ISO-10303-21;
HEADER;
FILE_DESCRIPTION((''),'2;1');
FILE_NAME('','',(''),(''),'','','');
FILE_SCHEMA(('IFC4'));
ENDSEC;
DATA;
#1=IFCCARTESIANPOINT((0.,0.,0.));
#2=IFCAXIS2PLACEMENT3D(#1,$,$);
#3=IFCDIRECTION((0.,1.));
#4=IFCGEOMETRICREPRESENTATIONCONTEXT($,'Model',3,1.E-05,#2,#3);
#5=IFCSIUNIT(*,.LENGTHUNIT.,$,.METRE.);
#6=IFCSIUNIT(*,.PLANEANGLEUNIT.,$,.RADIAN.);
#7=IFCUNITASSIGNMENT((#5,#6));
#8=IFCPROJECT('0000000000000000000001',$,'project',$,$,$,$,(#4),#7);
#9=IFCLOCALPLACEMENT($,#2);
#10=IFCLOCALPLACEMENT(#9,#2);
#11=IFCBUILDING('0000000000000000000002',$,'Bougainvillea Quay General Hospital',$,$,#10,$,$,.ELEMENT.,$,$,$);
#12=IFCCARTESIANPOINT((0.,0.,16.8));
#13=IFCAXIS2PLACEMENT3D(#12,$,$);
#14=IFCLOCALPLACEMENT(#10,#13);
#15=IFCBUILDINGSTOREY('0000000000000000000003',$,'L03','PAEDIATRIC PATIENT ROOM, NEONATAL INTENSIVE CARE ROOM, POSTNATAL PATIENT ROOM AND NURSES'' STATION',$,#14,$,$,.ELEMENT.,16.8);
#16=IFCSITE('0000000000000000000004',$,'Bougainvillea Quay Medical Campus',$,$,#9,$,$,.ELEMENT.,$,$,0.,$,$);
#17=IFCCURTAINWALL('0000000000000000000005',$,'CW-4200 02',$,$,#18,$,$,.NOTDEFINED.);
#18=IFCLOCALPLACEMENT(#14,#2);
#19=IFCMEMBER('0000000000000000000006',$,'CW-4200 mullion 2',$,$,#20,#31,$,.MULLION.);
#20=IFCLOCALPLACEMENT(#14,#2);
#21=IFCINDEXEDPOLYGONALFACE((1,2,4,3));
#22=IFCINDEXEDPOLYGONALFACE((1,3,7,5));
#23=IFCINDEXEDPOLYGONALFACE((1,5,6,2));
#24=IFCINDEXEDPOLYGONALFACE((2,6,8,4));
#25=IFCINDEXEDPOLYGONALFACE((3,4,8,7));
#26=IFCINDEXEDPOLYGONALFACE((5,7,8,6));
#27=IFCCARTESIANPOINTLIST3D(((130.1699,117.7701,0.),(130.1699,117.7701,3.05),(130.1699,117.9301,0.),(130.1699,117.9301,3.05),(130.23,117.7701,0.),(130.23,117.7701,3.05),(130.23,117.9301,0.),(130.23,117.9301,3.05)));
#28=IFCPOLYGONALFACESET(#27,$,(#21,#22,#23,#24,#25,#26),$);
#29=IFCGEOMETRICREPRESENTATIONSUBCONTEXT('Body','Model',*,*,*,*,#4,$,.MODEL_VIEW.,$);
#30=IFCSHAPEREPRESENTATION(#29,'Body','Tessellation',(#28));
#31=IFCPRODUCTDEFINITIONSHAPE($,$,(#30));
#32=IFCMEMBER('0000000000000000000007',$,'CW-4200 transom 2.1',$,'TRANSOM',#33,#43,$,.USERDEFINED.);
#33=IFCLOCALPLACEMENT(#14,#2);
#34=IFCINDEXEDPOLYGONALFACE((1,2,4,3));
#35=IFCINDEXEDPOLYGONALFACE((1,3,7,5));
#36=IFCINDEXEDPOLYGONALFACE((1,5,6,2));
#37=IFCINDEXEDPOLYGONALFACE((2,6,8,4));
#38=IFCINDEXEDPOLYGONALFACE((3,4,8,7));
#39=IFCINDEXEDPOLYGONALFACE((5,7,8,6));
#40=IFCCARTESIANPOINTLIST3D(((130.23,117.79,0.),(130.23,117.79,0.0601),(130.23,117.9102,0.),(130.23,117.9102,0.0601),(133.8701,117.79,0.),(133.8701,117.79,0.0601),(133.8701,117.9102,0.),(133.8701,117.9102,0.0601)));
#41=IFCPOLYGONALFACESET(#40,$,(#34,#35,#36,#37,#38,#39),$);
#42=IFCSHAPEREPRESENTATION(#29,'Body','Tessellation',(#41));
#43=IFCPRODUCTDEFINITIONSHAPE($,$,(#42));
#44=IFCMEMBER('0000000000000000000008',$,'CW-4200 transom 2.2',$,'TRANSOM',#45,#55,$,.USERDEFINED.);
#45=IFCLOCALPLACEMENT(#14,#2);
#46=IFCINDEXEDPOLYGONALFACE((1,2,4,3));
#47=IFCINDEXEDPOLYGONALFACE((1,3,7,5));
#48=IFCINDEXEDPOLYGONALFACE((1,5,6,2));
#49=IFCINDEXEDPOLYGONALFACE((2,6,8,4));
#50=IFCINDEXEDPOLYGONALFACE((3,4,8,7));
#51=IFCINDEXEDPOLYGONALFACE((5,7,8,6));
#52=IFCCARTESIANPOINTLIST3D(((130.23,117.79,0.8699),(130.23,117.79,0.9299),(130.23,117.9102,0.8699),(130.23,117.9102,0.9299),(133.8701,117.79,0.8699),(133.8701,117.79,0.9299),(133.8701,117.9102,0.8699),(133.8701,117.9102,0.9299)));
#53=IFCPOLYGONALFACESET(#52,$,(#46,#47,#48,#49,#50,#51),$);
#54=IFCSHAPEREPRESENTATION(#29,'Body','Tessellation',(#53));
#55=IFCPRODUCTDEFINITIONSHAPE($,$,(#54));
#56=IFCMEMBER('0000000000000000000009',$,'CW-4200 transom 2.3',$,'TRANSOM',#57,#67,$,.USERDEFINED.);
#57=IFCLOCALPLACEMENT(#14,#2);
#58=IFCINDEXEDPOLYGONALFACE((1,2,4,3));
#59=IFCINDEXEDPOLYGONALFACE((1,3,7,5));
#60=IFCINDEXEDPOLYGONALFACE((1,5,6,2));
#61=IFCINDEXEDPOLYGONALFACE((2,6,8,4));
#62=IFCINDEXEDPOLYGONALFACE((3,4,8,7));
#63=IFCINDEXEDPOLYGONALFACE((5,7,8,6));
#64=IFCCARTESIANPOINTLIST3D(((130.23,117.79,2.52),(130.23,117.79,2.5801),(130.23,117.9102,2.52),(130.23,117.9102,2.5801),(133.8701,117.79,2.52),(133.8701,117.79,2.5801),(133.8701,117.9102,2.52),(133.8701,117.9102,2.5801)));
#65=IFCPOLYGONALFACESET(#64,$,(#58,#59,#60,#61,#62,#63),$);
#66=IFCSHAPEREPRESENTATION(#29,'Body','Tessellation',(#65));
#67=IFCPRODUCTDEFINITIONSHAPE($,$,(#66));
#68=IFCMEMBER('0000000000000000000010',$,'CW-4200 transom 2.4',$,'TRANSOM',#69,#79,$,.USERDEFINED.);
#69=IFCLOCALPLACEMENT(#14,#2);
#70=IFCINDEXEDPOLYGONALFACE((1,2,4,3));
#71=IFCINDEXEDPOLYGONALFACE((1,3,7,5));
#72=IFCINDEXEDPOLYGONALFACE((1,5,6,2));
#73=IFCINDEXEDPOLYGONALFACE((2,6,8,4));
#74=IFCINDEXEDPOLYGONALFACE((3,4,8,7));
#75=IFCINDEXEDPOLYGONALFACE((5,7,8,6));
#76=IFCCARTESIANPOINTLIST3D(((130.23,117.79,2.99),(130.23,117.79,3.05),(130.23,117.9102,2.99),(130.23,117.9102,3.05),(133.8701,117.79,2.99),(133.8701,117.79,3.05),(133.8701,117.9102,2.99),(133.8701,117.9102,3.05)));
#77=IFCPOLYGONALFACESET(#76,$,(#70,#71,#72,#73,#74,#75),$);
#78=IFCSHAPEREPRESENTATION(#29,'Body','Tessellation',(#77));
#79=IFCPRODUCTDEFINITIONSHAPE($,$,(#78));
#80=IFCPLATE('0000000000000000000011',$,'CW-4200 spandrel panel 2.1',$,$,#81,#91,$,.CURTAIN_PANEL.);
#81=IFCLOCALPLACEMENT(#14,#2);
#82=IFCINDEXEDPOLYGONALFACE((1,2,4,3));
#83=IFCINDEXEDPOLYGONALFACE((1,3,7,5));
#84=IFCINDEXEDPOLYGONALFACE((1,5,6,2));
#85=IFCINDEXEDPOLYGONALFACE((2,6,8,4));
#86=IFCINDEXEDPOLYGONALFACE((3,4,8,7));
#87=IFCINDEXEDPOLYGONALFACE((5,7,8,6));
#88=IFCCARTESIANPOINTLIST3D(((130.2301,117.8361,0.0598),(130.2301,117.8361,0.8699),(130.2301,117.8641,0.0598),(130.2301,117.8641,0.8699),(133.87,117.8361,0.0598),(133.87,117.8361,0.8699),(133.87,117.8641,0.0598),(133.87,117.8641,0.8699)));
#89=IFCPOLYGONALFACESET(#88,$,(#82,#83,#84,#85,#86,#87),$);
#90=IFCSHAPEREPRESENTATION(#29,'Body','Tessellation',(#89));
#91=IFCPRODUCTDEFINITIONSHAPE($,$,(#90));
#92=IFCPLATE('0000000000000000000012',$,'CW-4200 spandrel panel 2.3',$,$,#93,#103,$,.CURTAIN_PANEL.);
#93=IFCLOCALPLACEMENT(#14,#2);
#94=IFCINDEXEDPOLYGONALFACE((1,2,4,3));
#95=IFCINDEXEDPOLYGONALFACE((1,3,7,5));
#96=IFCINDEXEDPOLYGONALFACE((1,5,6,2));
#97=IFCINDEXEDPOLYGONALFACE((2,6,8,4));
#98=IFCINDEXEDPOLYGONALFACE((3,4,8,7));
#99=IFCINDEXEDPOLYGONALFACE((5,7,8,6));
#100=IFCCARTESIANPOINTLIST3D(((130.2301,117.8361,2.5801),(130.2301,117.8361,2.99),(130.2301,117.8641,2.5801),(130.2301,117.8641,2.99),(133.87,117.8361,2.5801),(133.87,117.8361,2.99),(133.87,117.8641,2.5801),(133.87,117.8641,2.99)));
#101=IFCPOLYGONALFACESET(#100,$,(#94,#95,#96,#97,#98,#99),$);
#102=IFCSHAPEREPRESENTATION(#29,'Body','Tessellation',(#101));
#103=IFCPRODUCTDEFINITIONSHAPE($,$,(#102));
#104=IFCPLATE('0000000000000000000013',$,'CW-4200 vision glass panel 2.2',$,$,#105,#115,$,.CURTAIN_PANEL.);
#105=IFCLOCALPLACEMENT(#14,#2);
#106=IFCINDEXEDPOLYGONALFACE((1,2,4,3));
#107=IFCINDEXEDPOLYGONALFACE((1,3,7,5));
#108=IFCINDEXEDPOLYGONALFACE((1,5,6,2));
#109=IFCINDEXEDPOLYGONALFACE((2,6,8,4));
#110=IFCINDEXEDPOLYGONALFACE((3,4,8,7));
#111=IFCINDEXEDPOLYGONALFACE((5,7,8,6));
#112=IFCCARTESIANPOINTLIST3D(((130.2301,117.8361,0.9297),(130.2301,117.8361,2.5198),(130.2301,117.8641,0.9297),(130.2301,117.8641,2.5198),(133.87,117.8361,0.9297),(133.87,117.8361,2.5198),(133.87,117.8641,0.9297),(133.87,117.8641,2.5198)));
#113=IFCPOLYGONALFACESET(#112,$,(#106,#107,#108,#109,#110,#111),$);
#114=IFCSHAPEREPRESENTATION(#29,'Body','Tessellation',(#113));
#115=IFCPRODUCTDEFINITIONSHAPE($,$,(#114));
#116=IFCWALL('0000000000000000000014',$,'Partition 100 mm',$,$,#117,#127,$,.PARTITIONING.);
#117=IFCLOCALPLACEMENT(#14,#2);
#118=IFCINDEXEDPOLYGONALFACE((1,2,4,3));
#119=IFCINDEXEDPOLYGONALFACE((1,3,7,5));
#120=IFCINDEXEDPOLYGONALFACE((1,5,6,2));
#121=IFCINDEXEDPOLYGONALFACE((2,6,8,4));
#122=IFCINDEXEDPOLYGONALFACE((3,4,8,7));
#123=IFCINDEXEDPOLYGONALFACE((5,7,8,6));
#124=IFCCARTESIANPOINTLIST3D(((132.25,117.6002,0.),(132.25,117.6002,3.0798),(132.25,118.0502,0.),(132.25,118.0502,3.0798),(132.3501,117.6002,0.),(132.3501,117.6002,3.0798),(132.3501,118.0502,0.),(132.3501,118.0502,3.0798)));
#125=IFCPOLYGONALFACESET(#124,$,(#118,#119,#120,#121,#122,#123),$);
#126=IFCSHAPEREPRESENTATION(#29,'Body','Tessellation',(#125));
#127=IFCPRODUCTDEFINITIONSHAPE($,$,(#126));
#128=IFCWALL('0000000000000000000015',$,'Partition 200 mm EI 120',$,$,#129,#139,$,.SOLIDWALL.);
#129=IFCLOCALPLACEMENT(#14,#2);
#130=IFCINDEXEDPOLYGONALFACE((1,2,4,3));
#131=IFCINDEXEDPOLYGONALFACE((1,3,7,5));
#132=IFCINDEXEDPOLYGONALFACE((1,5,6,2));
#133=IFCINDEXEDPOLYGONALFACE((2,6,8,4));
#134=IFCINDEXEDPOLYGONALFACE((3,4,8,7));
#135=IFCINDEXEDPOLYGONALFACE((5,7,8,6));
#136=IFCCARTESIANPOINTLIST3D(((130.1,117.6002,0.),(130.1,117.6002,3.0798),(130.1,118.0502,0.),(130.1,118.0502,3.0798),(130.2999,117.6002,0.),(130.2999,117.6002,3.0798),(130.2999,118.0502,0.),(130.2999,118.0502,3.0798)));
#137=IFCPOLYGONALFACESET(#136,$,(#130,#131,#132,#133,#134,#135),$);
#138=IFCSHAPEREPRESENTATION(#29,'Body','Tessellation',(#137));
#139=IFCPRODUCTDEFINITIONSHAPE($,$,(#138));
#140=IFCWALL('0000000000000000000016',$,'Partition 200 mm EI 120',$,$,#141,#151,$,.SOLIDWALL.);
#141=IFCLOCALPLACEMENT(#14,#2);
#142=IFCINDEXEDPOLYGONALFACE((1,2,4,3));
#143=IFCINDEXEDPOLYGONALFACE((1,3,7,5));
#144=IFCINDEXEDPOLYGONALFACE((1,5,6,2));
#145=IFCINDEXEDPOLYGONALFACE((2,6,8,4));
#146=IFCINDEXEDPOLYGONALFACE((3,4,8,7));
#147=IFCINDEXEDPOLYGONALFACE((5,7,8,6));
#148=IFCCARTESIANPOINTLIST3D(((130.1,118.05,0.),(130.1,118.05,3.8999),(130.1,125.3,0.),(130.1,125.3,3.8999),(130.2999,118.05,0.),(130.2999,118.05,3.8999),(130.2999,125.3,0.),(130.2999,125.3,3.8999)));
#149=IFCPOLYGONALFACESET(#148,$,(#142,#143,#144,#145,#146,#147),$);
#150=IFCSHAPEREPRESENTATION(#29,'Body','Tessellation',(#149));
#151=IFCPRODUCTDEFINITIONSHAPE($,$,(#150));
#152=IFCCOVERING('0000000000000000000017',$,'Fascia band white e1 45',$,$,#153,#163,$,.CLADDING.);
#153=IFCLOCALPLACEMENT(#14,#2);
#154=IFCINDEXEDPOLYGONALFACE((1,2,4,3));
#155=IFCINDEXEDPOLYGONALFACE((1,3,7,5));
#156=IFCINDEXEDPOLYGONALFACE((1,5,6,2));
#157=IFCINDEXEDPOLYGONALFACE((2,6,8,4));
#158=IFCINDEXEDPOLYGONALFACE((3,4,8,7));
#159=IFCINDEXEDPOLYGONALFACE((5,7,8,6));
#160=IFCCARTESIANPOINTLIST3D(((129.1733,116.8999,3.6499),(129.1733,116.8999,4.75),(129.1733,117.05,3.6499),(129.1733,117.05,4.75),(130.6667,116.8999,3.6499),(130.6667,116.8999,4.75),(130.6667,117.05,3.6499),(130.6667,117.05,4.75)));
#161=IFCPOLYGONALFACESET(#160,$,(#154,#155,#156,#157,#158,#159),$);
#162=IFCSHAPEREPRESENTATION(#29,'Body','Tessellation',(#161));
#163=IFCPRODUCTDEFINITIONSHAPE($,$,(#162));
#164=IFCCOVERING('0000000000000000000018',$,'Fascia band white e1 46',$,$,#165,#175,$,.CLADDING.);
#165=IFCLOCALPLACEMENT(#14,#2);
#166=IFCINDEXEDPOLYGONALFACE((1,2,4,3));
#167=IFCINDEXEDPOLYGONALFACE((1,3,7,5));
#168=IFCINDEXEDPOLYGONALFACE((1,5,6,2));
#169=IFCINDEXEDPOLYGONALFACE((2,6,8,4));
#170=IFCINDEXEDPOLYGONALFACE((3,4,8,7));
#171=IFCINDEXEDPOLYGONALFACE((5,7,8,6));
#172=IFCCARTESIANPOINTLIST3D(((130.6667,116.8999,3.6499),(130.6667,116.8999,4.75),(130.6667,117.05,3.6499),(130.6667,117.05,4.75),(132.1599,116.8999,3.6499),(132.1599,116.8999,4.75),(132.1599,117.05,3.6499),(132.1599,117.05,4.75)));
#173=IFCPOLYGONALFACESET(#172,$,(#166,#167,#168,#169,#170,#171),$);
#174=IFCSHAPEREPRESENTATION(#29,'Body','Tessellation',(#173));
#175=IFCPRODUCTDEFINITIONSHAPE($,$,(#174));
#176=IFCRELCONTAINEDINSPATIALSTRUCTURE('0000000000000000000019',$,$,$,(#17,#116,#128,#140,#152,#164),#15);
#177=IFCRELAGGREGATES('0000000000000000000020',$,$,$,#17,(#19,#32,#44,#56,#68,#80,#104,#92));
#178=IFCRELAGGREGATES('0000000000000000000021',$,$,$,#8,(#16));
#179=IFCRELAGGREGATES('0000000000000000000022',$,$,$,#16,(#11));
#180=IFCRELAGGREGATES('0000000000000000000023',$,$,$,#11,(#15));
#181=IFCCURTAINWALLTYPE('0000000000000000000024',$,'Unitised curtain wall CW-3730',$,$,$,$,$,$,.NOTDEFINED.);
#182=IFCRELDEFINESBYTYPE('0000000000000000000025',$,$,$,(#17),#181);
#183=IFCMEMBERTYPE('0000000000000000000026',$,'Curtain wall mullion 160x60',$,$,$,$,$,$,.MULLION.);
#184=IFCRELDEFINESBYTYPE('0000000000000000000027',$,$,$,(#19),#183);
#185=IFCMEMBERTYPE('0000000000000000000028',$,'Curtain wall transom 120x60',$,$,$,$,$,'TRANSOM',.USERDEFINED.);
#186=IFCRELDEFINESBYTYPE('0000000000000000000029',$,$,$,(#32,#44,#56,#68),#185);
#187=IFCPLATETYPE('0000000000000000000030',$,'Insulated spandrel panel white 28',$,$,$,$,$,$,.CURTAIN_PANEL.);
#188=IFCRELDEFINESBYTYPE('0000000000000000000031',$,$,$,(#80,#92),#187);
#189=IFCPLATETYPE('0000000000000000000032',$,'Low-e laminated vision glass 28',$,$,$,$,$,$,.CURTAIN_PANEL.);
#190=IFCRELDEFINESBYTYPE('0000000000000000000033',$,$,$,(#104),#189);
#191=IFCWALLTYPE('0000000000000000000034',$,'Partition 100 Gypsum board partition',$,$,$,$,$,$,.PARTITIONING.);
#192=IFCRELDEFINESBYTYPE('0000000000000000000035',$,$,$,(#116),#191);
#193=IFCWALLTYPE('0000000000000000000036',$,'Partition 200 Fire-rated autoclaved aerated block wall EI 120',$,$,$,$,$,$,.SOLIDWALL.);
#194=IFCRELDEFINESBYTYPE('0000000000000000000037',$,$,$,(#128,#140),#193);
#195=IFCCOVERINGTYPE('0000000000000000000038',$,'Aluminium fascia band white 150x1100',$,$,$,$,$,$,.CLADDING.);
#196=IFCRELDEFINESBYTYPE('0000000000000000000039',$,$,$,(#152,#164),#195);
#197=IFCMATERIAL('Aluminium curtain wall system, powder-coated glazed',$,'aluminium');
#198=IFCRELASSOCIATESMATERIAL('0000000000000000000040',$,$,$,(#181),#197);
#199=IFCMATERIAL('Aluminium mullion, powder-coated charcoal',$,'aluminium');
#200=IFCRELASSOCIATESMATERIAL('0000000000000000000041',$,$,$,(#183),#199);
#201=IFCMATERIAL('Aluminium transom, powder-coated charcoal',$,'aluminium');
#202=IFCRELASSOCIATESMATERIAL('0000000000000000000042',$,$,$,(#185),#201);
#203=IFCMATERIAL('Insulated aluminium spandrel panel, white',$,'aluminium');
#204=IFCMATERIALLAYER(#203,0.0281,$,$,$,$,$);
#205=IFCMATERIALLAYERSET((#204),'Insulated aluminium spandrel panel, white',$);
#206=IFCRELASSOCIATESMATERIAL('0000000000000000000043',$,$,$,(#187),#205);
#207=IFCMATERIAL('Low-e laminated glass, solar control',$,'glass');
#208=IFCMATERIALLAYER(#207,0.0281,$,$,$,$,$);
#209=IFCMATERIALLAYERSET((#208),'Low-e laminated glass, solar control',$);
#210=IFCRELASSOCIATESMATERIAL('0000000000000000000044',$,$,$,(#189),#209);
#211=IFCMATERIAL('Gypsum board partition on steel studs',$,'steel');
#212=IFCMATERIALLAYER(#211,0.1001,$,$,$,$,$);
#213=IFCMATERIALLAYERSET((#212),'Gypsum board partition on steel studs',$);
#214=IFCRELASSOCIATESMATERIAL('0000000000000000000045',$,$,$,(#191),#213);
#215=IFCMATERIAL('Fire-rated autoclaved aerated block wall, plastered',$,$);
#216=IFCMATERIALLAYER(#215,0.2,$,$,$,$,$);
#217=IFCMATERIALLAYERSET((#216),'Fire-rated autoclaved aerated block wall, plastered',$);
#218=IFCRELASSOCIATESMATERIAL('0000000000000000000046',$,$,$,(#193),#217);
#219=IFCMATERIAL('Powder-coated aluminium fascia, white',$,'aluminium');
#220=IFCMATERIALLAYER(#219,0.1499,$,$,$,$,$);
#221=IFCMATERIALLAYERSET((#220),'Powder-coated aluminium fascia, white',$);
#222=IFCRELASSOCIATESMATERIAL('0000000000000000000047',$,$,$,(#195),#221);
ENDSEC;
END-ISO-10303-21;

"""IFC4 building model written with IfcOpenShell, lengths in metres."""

from ifc_helpers import new_model, si_unit, direction, frame, frame_2d, origin, origin_2d, place, context, subcontext, project, spatial, polyline, rectangle, outline, extrude, material, layer, layer_set, material_profile, profile_set, type_object, element, aggregate, save


model = new_model("IFC4")

# Units and contexts
model_context = context("Model", 3, precision=1e-05, world=origin(), true_north=direction((0.0, 1.0)))
body_context = subcontext(model_context, "Body", "Model", "MODEL_VIEW")
ifc_project = project(units=[si_unit("LENGTHUNIT", "METRE"), si_unit("PLANEANGLEUNIT", "RADIAN")], contexts=[model_context])

# Site, building, storey
site_placement = place(None, origin())
site = spatial("IfcSite", under=ifc_project, at=site_placement, Name="Bougainvillea Quay Medical Campus", CompositionType="ELEMENT", RefElevation=0.0)
building_placement = place(site_placement, origin())
building = spatial("IfcBuilding", under=site, at=building_placement, Name="Bougainvillea Quay General Hospital", CompositionType="ELEMENT")
storey_placement = place(building_placement, frame((0.0, 0.0, 16.8)))
storey = spatial("IfcBuildingStorey", under=building, at=storey_placement, Name="L03", Description="PAEDIATRIC PATIENT ROOM, NEONATAL INTENSIVE CARE ROOM, POSTNATAL PATIENT ROOM AND NURSES' STATION", CompositionType="ELEMENT", Elevation=16.8)

# Curtain wall, members, plates
ifc_material_1 = material(Name="Aluminium curtain wall system, powder-coated glazed", Category="aluminium")
curtain_wall_type = type_object("IfcCurtainWallType", Name="Unitised curtain wall CW-3730", PredefinedType="NOTDEFINED", material=ifc_material_1)
curtain_wall_placement = place(storey_placement, origin())
curtain_wall = element("IfcCurtainWall", 1, at=curtain_wall_placement, inside=storey, type_object=curtain_wall_type, Name="CW-4200 02", PredefinedType="NOTDEFINED")
ifc_material_2 = material(Name="Aluminium mullion, powder-coated charcoal", Category="aluminium")
ifc_material_profile_1 = material_profile(ifc_material_2, rectangle(XDim=0.1599, YDim=0.0601, at=origin_2d()))
ifc_profile_set_1 = profile_set([ifc_material_profile_1], Name="Aluminium mullion, powder-coated charcoal")
member_type_1 = type_object("IfcMemberType", Name="Curtain wall mullion 160x60", PredefinedType="MULLION", material=ifc_profile_set_1)
member_1_placement = place(storey_placement, frame((130.2, 117.8501, 0.0), z_axis=(0.0, 0.0, 1.0), x_axis=(0.0, 1.0, 0.0)))
member_1 = element("IfcMember", 2, at=member_1_placement, type_object=member_type_1, Name="CW-4200 mullion 2", PredefinedType="MULLION", context=body_context, shape_type="SweptSolid", body=[
    extrude(rectangle(XDim=0.1599, YDim=0.0601, at=origin_2d()), origin(), (0.0, 0.0, 1.0), 3.05),
])
ifc_material_3 = material(Name="Aluminium transom, powder-coated charcoal", Category="aluminium")
ifc_material_profile_2 = material_profile(ifc_material_3, rectangle(XDim=0.1201, YDim=0.0601, at=origin_2d()))
ifc_profile_set_2 = profile_set([ifc_material_profile_2], Name="Aluminium transom, powder-coated charcoal")
member_type_2 = type_object("IfcMemberType", Name="Curtain wall transom 120x60", ElementType="TRANSOM", PredefinedType="USERDEFINED", material=ifc_profile_set_2)
member_2_placement = place(storey_placement, frame((130.23, 117.8501, 0.03), z_axis=(1.0, 0.0, 0.0), x_axis=(0.0, 1.0, 0.0)))
member_2 = element("IfcMember", 3, at=member_2_placement, type_object=member_type_2, Name="CW-4200 transom 2.1", ObjectType="TRANSOM", PredefinedType="USERDEFINED", context=body_context, shape_type="SweptSolid", body=[
    extrude(rectangle(XDim=0.1201, YDim=0.0601, at=origin_2d()), origin(), (0.0, 0.0, 1.0), 3.6401),
])
member_3_placement = place(storey_placement, frame((130.23, 117.8501, 0.8999), z_axis=(1.0, 0.0, 0.0), x_axis=(0.0, 1.0, 0.0)))
member_3 = element("IfcMember", 4, at=member_3_placement, type_object=member_type_2, Name="CW-4200 transom 2.2", ObjectType="TRANSOM", PredefinedType="USERDEFINED", context=body_context, shape_type="SweptSolid", body=[
    extrude(rectangle(XDim=0.1201, YDim=0.0601, at=origin_2d()), origin(), (0.0, 0.0, 1.0), 3.6401),
])
member_4_placement = place(storey_placement, frame((130.23, 117.8501, 2.55), z_axis=(1.0, 0.0, 0.0), x_axis=(0.0, 1.0, 0.0)))
member_4 = element("IfcMember", 5, at=member_4_placement, type_object=member_type_2, Name="CW-4200 transom 2.3", ObjectType="TRANSOM", PredefinedType="USERDEFINED", context=body_context, shape_type="SweptSolid", body=[
    extrude(rectangle(XDim=0.1201, YDim=0.0601, at=origin_2d()), origin(), (0.0, 0.0, 1.0), 3.6401),
])
member_5_placement = place(storey_placement, frame((130.23, 117.8501, 3.02), z_axis=(1.0, 0.0, 0.0), x_axis=(0.0, 1.0, 0.0)))
member_5 = element("IfcMember", 6, at=member_5_placement, type_object=member_type_2, Name="CW-4200 transom 2.4", ObjectType="TRANSOM", PredefinedType="USERDEFINED", context=body_context, shape_type="SweptSolid", body=[
    extrude(rectangle(XDim=0.1201, YDim=0.0601, at=origin_2d()), origin(), (0.0, 0.0, 1.0), 3.6401),
])
ifc_material_4 = material(Name="Insulated aluminium spandrel panel, white", Category="aluminium")
ifc_layer_1 = layer(ifc_material_4, 0.0281)
ifc_layer_set_1 = layer_set([ifc_layer_1], Name="Insulated aluminium spandrel panel, white")
plate_type_1 = type_object("IfcPlateType", Name="Insulated spandrel panel white 28", PredefinedType="CURTAIN_PANEL", material=ifc_layer_set_1)
plate_1_placement = place(storey_placement, frame((132.05, 117.8501, 0.0598), z_axis=(0.0, 0.0, 1.0), x_axis=(1.0, 0.0, 0.0)))
plate_1 = element("IfcPlate", 7, at=plate_1_placement, type_object=plate_type_1, Name="CW-4200 spandrel panel 2.1", PredefinedType="CURTAIN_PANEL", context=body_context, shape_type="SweptSolid", body=[
    extrude(rectangle(XDim=3.6399, YDim=0.0281, at=origin_2d()), origin(), (0.0, 0.0, 1.0), 0.8101),
])
plate_2_placement = place(storey_placement, frame((132.05, 117.8501, 2.5801), z_axis=(0.0, 0.0, 1.0), x_axis=(1.0, 0.0, 0.0)))
plate_2 = element("IfcPlate", 8, at=plate_2_placement, type_object=plate_type_1, Name="CW-4200 spandrel panel 2.3", PredefinedType="CURTAIN_PANEL", context=body_context, shape_type="SweptSolid", body=[
    extrude(rectangle(XDim=3.6399, YDim=0.0281, at=origin_2d()), origin(), (0.0, 0.0, 1.0), 0.4099),
])
ifc_material_5 = material(Name="Low-e laminated glass, solar control", Category="glass")
ifc_layer_2 = layer(ifc_material_5, 0.0281)
ifc_layer_set_2 = layer_set([ifc_layer_2], Name="Low-e laminated glass, solar control")
plate_type_2 = type_object("IfcPlateType", Name="Low-e laminated vision glass 28", PredefinedType="CURTAIN_PANEL", material=ifc_layer_set_2)
plate_3_placement = place(storey_placement, frame((132.05, 117.8501, 0.9297), z_axis=(0.0, 0.0, 1.0), x_axis=(1.0, 0.0, 0.0)))
plate_3 = element("IfcPlate", 9, at=plate_3_placement, type_object=plate_type_2, Name="CW-4200 vision glass panel 2.2", PredefinedType="CURTAIN_PANEL", context=body_context, shape_type="SweptSolid", body=[
    extrude(rectangle(XDim=3.6399, YDim=0.0281, at=origin_2d()), origin(), (0.0, 0.0, 1.0), 1.5901),
])
aggregate(curtain_wall, [member_1, member_2, member_3, member_4, member_5, plate_1, plate_3, plate_2])

# Walls
ifc_material_6 = material(Name="Gypsum board partition on steel studs", Category="steel")
ifc_layer_3 = layer(ifc_material_6, 0.1001)
ifc_layer_set_3 = layer_set([ifc_layer_3], Name="Gypsum board partition on steel studs")
wall_type_1 = type_object("IfcWallType", Name="Partition 100 Gypsum board partition", PredefinedType="PARTITIONING", material=ifc_layer_set_3)
wall_1_placement = place(storey_placement, frame((132.3, 117.6001, 0.0), z_axis=(0.0, 0.0, 1.0), x_axis=(0.0, 1.0, 0.0)))
element("IfcWall", 10, at=wall_1_placement, inside=storey, type_object=wall_type_1, Name="Partition 100 mm", PredefinedType="PARTITIONING", context=body_context, shape_type="SweptSolid", body=[
    extrude(rectangle(XDim=0.45, YDim=0.1001, at=frame_2d((0.2251, 0.0))), origin(), (0.0, 0.0, 1.0), 3.0798),
])
ifc_material_7 = material(Name="Fire-rated autoclaved aerated block wall, plastered")
ifc_layer_4 = layer(ifc_material_7, 0.2)
ifc_layer_set_4 = layer_set([ifc_layer_4], Name="Fire-rated autoclaved aerated block wall, plastered")
wall_type_2 = type_object("IfcWallType", Name="Partition 200 Fire-rated autoclaved aerated block wall EI 120", PredefinedType="SOLIDWALL", material=ifc_layer_set_4)
wall_2_placement = place(storey_placement, frame((130.2, 117.6001, 0.0), z_axis=(0.0, 0.0, 1.0), x_axis=(0.0, 1.0, 0.0)))
element("IfcWall", 11, at=wall_2_placement, inside=storey, type_object=wall_type_2, Name="Partition 200 mm EI 120", PredefinedType="SOLIDWALL", context=body_context, shape_type="SweptSolid", body=[
    extrude(rectangle(XDim=0.45, YDim=0.2, at=frame_2d((0.2251, 0.0))), origin(), (0.0, 0.0, 1.0), 3.0798),
])
wall_3_placement = place(storey_placement, frame((130.2, 118.05, 0.0), z_axis=(0.0, 0.0, 1.0), x_axis=(0.0, 1.0, 0.0)))
element("IfcWall", 12, at=wall_3_placement, inside=storey, type_object=wall_type_2, Name="Partition 200 mm EI 120", PredefinedType="SOLIDWALL", context=body_context, shape_type="SweptSolid", body=[
    extrude(rectangle(XDim=7.25, YDim=0.2, at=frame_2d((3.625, 0.0))), origin(), (0.0, 0.0, 1.0), 3.8999),
])

# Coverings
ifc_material_8 = material(Name="Powder-coated aluminium fascia, white", Category="aluminium")
ifc_layer_5 = layer(ifc_material_8, 0.1499)
ifc_layer_set_5 = layer_set([ifc_layer_5], Name="Powder-coated aluminium fascia, white")
covering_type = type_object("IfcCoveringType", Name="Aluminium fascia band white 150x1100", PredefinedType="CLADDING", material=ifc_layer_set_5)
covering_1_placement = place(storey_placement, frame((129.1733, 117.05, 3.6499), z_axis=(0.0, 0.0, 1.0), x_axis=(1.0, 0.0, 0.0)))
element("IfcCovering", 13, at=covering_1_placement, inside=storey, type_object=covering_type, Name="Fascia band white e1 45", PredefinedType="CLADDING", context=body_context, shape_type="SweptSolid", body=[
    extrude(outline(polyline([(0.0, 0.0), (1.4934, 0.0), (1.4934, -0.1501), (0.0, -0.1501), (0.0, 0.0)])), origin(), (0.0, 0.0, 1.0), 1.1001),
])
covering_2_placement = place(storey_placement, frame((130.6667, 117.05, 3.6499), z_axis=(0.0, 0.0, 1.0), x_axis=(1.0, 0.0, 0.0)))
element("IfcCovering", 14, at=covering_2_placement, inside=storey, type_object=covering_type, Name="Fascia band white e1 46", PredefinedType="CLADDING", context=body_context, shape_type="SweptSolid", body=[
    extrude(outline(polyline([(0.0, 0.0), (1.4932, 0.0), (1.4932, -0.1501), (0.0, -0.1501), (0.0, 0.0)])), origin(), (0.0, 0.0, 1.0), 1.1001),
])

save(model, "model.ifc")
